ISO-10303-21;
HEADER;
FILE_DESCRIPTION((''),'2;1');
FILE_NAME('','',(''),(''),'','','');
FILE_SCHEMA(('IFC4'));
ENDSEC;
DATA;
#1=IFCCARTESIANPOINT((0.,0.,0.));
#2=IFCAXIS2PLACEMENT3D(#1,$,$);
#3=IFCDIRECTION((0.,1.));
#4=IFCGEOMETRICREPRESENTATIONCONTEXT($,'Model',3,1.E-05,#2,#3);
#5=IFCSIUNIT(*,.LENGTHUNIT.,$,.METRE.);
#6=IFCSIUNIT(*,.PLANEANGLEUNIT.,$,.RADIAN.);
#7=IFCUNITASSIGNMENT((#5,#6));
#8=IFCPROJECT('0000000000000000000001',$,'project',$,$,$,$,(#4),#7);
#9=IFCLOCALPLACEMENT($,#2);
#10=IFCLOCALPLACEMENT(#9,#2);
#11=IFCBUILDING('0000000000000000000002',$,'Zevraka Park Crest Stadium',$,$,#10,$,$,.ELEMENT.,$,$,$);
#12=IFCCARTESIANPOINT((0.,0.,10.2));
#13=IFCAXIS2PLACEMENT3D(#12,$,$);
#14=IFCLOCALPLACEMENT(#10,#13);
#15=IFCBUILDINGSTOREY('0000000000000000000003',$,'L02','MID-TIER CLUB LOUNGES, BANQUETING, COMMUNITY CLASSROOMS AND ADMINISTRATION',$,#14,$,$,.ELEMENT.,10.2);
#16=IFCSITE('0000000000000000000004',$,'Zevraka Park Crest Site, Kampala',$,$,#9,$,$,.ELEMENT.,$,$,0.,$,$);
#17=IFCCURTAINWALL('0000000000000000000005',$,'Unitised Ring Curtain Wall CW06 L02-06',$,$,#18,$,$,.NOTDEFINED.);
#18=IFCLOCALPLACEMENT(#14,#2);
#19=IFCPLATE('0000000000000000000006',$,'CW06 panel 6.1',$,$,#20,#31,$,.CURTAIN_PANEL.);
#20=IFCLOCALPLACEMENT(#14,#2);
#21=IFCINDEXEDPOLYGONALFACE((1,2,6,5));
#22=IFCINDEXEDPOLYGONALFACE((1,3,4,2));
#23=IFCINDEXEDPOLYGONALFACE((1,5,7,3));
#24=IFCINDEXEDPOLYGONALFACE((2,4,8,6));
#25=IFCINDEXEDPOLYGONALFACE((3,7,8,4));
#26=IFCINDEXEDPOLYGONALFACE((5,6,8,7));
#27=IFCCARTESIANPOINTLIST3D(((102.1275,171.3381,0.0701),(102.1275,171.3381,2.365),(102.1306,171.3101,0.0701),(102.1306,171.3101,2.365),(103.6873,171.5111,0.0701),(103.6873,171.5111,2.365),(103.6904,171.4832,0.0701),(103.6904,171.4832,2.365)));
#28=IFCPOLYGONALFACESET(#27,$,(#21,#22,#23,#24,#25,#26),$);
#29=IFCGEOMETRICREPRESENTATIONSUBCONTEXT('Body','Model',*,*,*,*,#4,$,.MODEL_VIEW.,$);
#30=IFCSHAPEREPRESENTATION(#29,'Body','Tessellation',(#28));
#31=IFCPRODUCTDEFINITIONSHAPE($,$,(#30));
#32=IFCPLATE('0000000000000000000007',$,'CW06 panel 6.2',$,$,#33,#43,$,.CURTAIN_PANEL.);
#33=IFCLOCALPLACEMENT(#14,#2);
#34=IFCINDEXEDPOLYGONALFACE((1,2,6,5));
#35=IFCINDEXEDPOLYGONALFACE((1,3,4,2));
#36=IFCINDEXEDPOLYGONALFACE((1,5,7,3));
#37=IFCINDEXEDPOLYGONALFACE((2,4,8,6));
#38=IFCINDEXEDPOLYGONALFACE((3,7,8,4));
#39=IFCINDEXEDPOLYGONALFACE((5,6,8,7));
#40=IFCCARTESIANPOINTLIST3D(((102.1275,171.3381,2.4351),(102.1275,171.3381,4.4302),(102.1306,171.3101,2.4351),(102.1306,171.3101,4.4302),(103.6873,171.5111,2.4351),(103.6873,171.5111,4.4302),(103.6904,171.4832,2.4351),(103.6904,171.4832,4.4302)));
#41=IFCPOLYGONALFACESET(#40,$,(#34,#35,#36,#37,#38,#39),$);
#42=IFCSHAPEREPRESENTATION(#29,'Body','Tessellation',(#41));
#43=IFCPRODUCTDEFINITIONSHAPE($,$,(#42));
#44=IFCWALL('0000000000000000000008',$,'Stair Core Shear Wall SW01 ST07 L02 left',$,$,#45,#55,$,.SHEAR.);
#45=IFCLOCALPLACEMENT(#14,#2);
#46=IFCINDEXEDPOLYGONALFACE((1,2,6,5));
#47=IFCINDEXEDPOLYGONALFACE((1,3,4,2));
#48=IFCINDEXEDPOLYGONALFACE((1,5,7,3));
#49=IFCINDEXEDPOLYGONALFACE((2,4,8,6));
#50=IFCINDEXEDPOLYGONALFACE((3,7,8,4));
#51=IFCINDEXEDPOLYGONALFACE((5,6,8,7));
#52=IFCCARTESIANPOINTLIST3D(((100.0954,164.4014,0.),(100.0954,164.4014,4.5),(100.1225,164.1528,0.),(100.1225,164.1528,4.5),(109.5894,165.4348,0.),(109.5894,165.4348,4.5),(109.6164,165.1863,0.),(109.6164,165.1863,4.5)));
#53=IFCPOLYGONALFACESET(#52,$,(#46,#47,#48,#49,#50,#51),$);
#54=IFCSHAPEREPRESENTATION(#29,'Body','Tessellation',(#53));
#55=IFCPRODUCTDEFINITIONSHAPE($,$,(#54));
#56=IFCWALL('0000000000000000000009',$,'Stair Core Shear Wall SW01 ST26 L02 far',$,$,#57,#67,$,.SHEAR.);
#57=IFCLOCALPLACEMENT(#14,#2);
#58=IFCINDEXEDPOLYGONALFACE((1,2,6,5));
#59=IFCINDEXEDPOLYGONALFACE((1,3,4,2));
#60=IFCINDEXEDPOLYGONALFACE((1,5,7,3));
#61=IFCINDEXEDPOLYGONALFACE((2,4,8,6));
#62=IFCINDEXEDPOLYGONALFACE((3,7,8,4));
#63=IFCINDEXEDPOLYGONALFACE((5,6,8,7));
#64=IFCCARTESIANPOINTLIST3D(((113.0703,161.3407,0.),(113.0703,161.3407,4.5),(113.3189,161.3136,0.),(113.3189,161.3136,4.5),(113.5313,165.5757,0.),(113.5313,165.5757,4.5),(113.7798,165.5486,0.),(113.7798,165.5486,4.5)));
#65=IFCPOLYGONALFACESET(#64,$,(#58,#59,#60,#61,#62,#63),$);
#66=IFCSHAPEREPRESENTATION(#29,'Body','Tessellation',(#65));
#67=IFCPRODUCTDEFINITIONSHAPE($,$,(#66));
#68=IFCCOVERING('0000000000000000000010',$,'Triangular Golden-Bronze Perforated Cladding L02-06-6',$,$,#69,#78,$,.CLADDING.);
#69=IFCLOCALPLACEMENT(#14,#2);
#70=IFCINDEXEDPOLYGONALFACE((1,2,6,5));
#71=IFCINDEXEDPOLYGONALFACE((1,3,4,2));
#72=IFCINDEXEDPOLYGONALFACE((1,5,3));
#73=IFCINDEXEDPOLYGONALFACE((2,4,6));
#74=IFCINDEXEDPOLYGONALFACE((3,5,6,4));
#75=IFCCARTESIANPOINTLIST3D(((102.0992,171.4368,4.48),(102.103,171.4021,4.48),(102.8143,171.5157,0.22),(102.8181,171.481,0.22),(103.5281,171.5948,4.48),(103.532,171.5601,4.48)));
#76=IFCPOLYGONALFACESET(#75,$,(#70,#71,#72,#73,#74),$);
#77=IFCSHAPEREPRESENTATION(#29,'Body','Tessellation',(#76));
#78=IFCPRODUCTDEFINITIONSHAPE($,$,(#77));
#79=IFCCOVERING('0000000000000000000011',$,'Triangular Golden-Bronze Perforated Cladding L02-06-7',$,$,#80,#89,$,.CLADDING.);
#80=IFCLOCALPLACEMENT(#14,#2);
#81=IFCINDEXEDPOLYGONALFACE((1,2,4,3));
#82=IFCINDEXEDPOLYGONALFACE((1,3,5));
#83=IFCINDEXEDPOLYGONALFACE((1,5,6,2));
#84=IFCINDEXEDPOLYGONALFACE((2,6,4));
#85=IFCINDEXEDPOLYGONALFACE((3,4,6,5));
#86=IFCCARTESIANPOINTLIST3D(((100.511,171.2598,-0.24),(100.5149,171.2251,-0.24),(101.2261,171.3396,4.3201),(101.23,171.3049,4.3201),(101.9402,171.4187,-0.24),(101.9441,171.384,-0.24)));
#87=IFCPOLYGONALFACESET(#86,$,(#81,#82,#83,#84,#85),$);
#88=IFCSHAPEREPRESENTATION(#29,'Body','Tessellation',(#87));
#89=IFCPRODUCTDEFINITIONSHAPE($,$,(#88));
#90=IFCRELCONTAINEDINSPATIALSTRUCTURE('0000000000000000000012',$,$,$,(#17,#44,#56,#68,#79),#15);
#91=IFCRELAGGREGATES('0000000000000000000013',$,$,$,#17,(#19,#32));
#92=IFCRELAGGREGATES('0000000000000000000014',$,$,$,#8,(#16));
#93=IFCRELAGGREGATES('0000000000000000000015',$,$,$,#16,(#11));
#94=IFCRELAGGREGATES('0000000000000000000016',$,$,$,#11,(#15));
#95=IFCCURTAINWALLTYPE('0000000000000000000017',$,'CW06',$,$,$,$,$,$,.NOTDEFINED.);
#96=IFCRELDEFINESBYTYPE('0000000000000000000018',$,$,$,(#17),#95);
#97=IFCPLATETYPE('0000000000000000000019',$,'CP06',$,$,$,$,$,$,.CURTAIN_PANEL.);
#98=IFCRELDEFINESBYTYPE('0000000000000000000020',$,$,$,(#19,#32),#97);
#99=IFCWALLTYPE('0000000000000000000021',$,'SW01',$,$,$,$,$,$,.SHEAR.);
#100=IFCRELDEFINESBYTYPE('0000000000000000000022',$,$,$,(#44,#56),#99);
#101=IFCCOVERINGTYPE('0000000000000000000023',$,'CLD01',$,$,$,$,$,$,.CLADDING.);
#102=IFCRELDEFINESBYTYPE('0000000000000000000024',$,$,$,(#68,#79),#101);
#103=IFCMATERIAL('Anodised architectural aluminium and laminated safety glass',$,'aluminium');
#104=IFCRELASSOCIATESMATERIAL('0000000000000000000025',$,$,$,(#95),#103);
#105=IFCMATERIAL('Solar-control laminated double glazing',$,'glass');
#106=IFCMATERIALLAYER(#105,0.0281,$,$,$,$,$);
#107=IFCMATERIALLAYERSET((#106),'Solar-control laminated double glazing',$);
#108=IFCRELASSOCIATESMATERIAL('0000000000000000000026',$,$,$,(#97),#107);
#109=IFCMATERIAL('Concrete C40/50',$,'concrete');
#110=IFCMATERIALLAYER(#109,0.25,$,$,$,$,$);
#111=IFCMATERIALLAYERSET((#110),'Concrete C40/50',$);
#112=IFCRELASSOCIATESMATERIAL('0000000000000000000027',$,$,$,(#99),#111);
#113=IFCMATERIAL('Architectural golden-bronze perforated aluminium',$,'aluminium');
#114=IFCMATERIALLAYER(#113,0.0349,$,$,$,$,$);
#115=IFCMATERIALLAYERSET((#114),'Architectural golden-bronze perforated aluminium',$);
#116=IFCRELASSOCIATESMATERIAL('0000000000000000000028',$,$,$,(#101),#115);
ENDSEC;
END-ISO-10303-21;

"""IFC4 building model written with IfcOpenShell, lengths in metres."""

from ifc_helpers import new_model, si_unit, direction, frame, frame_2d, origin, origin_2d, place, context, subcontext, project, spatial, polyline, rectangle, outline, extrude, material, layer, layer_set, type_object, element, aggregate, save


model = new_model("IFC4")

# Units and contexts
model_context = context("Model", 3, precision=1e-05, world=origin(), true_north=direction((0.0, 1.0)))
body_context = subcontext(model_context, "Body", "Model", "MODEL_VIEW")
ifc_project = project(units=[si_unit("LENGTHUNIT", "METRE"), si_unit("PLANEANGLEUNIT", "RADIAN")], contexts=[model_context])

# Site, building, storey
site_placement = place(None, origin())
site = spatial("IfcSite", under=ifc_project, at=site_placement, Name="Zevraka Park Crest Site, Kampala", CompositionType="ELEMENT", RefElevation=0.0)
building_placement = place(site_placement, origin())
building = spatial("IfcBuilding", under=site, at=building_placement, Name="Zevraka Park Crest Stadium", CompositionType="ELEMENT")
storey_placement = place(building_placement, frame((0.0, 0.0, 10.2)))
storey = spatial("IfcBuildingStorey", under=building, at=storey_placement, Name="L02", Description="MID-TIER CLUB LOUNGES, BANQUETING, COMMUNITY CLASSROOMS AND ADMINISTRATION", CompositionType="ELEMENT", Elevation=10.2)

# Curtain wall
ifc_material_1 = material(Name="Anodised architectural aluminium and laminated safety glass", Category="aluminium")
curtain_wall_type = type_object("IfcCurtainWallType", Name="CW06", PredefinedType="NOTDEFINED", material=ifc_material_1)
curtain_wall_placement = place(storey_placement, origin())
curtain_wall = element("IfcCurtainWall", 1, at=curtain_wall_placement, inside=storey, type_object=curtain_wall_type, Name="Unitised Ring Curtain Wall CW06 L02-06", PredefinedType="NOTDEFINED")

# Plates
ifc_material_2 = material(Name="Solar-control laminated double glazing", Category="glass")
ifc_layer_1 = layer(ifc_material_2, 0.0281)
ifc_layer_set_1 = layer_set([ifc_layer_1], Name="Solar-control laminated double glazing")
plate_type = type_object("IfcPlateType", Name="CP06", PredefinedType="CURTAIN_PANEL", material=ifc_layer_set_1)
plate_1_placement = place(storey_placement, frame((102.9089, 171.4106, 0.0701), z_axis=(0.0, 0.0, 1.0), x_axis=(-0.993899, -0.110293, 0.0)))
plate_1 = element("IfcPlate", 2, at=plate_1_placement, type_object=plate_type, Name="CW06 panel 6.1", PredefinedType="CURTAIN_PANEL", context=body_context, shape_type="SweptSolid", body=[
    extrude(rectangle(XDim=1.5693, YDim=0.0281, at=origin_2d()), origin(), (0.0, 0.0, 1.0), 2.2949),
])
plate_2_placement = place(storey_placement, frame((102.9089, 171.4106, 2.4351), z_axis=(0.0, 0.0, 1.0), x_axis=(-0.993899, -0.110293, 0.0)))
plate_2 = element("IfcPlate", 3, at=plate_2_placement, type_object=plate_type, Name="CW06 panel 6.2", PredefinedType="CURTAIN_PANEL", context=body_context, shape_type="SweptSolid", body=[
    extrude(rectangle(XDim=1.5693, YDim=0.0281, at=origin_2d()), origin(), (0.0, 0.0, 1.0), 1.9951),
])
aggregate(curtain_wall, [plate_1, plate_2])

# Walls
ifc_material_3 = material(Name="Concrete C40/50", Category="concrete")
ifc_layer_2 = layer(ifc_material_3, 0.25)
ifc_layer_set_2 = layer_set([ifc_layer_2], Name="Concrete C40/50")
wall_type = type_object("IfcWallType", Name="SW01", PredefinedType="SHEAR", material=ifc_layer_set_2)
wall_1_placement = place(storey_placement, frame((109.6028, 165.3105, 0.0), z_axis=(0.0, 0.0, 1.0), x_axis=(-0.994128, -0.108215, 0.0)))
element("IfcWall", 4, at=wall_1_placement, inside=storey, type_object=wall_type, Name="Stair Core Shear Wall SW01 ST07 L02 left", PredefinedType="SHEAR", context=body_context, shape_type="SweptSolid", body=[
    extrude(rectangle(XDim=9.55, YDim=0.25, at=frame_2d((4.7749, 0.0))), origin(), (0.0, 0.0, 1.0), 4.5),
])
wall_2_placement = place(storey_placement, frame((113.6555, 165.562, 0.0), z_axis=(0.0, 0.0, 1.0), x_axis=(-0.108198, -0.994129, 0.0)))
element("IfcWall", 5, at=wall_2_placement, inside=storey, type_object=wall_type, Name="Stair Core Shear Wall SW01 ST26 L02 far", PredefinedType="SHEAR", context=body_context, shape_type="SweptSolid", body=[
    extrude(rectangle(XDim=4.26, YDim=0.25, at=frame_2d((2.1299, 0.0))), origin(), (0.0, 0.0, 1.0), 4.5),
])

# Coverings
ifc_material_4 = material(Name="Architectural golden-bronze perforated aluminium", Category="aluminium")
ifc_layer_3 = layer(ifc_material_4, 0.0349)
ifc_layer_set_3 = layer_set([ifc_layer_3], Name="Architectural golden-bronze perforated aluminium")
covering_type = type_object("IfcCoveringType", Name="CLD01", PredefinedType="CLADDING", material=ifc_layer_set_3)
covering_1_placement = place(storey_placement, frame((102.103, 171.4021, 4.48), z_axis=(0.109872, -0.993946, 0.000044), x_axis=(0.993946, 0.109872, 0.0)))
element("IfcCovering", 6, at=covering_1_placement, inside=storey, type_object=covering_type, Name="Triangular Golden-Bronze Perforated Cladding L02-06-6", PredefinedType="CLADDING", context=body_context, shape_type="SweptSolid", body=[
    extrude(outline(polyline([(0.0, 0.0), (1.4377, 0.0), (0.7194, -4.26), (0.0, 0.0)])), origin(), (0.0, 0.0, -1.0), 0.0349),
])
covering_2_placement = place(storey_placement, frame((101.9441, 171.384, -0.24), z_axis=(0.110525, -0.993873, 0.000068), x_axis=(-0.993873, -0.110525, 0.0)))
element("IfcCovering", 7, at=covering_2_placement, inside=storey, type_object=covering_type, Name="Triangular Golden-Bronze Perforated Cladding L02-06-7", PredefinedType="CLADDING", context=body_context, shape_type="SweptSolid", body=[
    extrude(outline(polyline([(0.0, 0.0), (1.438, 0.0), (0.7185, -4.5601), (0.0, 0.0)])), origin(), (0.0, 0.0, -1.0), 0.0349),
])

save(model, "model.ifc")
